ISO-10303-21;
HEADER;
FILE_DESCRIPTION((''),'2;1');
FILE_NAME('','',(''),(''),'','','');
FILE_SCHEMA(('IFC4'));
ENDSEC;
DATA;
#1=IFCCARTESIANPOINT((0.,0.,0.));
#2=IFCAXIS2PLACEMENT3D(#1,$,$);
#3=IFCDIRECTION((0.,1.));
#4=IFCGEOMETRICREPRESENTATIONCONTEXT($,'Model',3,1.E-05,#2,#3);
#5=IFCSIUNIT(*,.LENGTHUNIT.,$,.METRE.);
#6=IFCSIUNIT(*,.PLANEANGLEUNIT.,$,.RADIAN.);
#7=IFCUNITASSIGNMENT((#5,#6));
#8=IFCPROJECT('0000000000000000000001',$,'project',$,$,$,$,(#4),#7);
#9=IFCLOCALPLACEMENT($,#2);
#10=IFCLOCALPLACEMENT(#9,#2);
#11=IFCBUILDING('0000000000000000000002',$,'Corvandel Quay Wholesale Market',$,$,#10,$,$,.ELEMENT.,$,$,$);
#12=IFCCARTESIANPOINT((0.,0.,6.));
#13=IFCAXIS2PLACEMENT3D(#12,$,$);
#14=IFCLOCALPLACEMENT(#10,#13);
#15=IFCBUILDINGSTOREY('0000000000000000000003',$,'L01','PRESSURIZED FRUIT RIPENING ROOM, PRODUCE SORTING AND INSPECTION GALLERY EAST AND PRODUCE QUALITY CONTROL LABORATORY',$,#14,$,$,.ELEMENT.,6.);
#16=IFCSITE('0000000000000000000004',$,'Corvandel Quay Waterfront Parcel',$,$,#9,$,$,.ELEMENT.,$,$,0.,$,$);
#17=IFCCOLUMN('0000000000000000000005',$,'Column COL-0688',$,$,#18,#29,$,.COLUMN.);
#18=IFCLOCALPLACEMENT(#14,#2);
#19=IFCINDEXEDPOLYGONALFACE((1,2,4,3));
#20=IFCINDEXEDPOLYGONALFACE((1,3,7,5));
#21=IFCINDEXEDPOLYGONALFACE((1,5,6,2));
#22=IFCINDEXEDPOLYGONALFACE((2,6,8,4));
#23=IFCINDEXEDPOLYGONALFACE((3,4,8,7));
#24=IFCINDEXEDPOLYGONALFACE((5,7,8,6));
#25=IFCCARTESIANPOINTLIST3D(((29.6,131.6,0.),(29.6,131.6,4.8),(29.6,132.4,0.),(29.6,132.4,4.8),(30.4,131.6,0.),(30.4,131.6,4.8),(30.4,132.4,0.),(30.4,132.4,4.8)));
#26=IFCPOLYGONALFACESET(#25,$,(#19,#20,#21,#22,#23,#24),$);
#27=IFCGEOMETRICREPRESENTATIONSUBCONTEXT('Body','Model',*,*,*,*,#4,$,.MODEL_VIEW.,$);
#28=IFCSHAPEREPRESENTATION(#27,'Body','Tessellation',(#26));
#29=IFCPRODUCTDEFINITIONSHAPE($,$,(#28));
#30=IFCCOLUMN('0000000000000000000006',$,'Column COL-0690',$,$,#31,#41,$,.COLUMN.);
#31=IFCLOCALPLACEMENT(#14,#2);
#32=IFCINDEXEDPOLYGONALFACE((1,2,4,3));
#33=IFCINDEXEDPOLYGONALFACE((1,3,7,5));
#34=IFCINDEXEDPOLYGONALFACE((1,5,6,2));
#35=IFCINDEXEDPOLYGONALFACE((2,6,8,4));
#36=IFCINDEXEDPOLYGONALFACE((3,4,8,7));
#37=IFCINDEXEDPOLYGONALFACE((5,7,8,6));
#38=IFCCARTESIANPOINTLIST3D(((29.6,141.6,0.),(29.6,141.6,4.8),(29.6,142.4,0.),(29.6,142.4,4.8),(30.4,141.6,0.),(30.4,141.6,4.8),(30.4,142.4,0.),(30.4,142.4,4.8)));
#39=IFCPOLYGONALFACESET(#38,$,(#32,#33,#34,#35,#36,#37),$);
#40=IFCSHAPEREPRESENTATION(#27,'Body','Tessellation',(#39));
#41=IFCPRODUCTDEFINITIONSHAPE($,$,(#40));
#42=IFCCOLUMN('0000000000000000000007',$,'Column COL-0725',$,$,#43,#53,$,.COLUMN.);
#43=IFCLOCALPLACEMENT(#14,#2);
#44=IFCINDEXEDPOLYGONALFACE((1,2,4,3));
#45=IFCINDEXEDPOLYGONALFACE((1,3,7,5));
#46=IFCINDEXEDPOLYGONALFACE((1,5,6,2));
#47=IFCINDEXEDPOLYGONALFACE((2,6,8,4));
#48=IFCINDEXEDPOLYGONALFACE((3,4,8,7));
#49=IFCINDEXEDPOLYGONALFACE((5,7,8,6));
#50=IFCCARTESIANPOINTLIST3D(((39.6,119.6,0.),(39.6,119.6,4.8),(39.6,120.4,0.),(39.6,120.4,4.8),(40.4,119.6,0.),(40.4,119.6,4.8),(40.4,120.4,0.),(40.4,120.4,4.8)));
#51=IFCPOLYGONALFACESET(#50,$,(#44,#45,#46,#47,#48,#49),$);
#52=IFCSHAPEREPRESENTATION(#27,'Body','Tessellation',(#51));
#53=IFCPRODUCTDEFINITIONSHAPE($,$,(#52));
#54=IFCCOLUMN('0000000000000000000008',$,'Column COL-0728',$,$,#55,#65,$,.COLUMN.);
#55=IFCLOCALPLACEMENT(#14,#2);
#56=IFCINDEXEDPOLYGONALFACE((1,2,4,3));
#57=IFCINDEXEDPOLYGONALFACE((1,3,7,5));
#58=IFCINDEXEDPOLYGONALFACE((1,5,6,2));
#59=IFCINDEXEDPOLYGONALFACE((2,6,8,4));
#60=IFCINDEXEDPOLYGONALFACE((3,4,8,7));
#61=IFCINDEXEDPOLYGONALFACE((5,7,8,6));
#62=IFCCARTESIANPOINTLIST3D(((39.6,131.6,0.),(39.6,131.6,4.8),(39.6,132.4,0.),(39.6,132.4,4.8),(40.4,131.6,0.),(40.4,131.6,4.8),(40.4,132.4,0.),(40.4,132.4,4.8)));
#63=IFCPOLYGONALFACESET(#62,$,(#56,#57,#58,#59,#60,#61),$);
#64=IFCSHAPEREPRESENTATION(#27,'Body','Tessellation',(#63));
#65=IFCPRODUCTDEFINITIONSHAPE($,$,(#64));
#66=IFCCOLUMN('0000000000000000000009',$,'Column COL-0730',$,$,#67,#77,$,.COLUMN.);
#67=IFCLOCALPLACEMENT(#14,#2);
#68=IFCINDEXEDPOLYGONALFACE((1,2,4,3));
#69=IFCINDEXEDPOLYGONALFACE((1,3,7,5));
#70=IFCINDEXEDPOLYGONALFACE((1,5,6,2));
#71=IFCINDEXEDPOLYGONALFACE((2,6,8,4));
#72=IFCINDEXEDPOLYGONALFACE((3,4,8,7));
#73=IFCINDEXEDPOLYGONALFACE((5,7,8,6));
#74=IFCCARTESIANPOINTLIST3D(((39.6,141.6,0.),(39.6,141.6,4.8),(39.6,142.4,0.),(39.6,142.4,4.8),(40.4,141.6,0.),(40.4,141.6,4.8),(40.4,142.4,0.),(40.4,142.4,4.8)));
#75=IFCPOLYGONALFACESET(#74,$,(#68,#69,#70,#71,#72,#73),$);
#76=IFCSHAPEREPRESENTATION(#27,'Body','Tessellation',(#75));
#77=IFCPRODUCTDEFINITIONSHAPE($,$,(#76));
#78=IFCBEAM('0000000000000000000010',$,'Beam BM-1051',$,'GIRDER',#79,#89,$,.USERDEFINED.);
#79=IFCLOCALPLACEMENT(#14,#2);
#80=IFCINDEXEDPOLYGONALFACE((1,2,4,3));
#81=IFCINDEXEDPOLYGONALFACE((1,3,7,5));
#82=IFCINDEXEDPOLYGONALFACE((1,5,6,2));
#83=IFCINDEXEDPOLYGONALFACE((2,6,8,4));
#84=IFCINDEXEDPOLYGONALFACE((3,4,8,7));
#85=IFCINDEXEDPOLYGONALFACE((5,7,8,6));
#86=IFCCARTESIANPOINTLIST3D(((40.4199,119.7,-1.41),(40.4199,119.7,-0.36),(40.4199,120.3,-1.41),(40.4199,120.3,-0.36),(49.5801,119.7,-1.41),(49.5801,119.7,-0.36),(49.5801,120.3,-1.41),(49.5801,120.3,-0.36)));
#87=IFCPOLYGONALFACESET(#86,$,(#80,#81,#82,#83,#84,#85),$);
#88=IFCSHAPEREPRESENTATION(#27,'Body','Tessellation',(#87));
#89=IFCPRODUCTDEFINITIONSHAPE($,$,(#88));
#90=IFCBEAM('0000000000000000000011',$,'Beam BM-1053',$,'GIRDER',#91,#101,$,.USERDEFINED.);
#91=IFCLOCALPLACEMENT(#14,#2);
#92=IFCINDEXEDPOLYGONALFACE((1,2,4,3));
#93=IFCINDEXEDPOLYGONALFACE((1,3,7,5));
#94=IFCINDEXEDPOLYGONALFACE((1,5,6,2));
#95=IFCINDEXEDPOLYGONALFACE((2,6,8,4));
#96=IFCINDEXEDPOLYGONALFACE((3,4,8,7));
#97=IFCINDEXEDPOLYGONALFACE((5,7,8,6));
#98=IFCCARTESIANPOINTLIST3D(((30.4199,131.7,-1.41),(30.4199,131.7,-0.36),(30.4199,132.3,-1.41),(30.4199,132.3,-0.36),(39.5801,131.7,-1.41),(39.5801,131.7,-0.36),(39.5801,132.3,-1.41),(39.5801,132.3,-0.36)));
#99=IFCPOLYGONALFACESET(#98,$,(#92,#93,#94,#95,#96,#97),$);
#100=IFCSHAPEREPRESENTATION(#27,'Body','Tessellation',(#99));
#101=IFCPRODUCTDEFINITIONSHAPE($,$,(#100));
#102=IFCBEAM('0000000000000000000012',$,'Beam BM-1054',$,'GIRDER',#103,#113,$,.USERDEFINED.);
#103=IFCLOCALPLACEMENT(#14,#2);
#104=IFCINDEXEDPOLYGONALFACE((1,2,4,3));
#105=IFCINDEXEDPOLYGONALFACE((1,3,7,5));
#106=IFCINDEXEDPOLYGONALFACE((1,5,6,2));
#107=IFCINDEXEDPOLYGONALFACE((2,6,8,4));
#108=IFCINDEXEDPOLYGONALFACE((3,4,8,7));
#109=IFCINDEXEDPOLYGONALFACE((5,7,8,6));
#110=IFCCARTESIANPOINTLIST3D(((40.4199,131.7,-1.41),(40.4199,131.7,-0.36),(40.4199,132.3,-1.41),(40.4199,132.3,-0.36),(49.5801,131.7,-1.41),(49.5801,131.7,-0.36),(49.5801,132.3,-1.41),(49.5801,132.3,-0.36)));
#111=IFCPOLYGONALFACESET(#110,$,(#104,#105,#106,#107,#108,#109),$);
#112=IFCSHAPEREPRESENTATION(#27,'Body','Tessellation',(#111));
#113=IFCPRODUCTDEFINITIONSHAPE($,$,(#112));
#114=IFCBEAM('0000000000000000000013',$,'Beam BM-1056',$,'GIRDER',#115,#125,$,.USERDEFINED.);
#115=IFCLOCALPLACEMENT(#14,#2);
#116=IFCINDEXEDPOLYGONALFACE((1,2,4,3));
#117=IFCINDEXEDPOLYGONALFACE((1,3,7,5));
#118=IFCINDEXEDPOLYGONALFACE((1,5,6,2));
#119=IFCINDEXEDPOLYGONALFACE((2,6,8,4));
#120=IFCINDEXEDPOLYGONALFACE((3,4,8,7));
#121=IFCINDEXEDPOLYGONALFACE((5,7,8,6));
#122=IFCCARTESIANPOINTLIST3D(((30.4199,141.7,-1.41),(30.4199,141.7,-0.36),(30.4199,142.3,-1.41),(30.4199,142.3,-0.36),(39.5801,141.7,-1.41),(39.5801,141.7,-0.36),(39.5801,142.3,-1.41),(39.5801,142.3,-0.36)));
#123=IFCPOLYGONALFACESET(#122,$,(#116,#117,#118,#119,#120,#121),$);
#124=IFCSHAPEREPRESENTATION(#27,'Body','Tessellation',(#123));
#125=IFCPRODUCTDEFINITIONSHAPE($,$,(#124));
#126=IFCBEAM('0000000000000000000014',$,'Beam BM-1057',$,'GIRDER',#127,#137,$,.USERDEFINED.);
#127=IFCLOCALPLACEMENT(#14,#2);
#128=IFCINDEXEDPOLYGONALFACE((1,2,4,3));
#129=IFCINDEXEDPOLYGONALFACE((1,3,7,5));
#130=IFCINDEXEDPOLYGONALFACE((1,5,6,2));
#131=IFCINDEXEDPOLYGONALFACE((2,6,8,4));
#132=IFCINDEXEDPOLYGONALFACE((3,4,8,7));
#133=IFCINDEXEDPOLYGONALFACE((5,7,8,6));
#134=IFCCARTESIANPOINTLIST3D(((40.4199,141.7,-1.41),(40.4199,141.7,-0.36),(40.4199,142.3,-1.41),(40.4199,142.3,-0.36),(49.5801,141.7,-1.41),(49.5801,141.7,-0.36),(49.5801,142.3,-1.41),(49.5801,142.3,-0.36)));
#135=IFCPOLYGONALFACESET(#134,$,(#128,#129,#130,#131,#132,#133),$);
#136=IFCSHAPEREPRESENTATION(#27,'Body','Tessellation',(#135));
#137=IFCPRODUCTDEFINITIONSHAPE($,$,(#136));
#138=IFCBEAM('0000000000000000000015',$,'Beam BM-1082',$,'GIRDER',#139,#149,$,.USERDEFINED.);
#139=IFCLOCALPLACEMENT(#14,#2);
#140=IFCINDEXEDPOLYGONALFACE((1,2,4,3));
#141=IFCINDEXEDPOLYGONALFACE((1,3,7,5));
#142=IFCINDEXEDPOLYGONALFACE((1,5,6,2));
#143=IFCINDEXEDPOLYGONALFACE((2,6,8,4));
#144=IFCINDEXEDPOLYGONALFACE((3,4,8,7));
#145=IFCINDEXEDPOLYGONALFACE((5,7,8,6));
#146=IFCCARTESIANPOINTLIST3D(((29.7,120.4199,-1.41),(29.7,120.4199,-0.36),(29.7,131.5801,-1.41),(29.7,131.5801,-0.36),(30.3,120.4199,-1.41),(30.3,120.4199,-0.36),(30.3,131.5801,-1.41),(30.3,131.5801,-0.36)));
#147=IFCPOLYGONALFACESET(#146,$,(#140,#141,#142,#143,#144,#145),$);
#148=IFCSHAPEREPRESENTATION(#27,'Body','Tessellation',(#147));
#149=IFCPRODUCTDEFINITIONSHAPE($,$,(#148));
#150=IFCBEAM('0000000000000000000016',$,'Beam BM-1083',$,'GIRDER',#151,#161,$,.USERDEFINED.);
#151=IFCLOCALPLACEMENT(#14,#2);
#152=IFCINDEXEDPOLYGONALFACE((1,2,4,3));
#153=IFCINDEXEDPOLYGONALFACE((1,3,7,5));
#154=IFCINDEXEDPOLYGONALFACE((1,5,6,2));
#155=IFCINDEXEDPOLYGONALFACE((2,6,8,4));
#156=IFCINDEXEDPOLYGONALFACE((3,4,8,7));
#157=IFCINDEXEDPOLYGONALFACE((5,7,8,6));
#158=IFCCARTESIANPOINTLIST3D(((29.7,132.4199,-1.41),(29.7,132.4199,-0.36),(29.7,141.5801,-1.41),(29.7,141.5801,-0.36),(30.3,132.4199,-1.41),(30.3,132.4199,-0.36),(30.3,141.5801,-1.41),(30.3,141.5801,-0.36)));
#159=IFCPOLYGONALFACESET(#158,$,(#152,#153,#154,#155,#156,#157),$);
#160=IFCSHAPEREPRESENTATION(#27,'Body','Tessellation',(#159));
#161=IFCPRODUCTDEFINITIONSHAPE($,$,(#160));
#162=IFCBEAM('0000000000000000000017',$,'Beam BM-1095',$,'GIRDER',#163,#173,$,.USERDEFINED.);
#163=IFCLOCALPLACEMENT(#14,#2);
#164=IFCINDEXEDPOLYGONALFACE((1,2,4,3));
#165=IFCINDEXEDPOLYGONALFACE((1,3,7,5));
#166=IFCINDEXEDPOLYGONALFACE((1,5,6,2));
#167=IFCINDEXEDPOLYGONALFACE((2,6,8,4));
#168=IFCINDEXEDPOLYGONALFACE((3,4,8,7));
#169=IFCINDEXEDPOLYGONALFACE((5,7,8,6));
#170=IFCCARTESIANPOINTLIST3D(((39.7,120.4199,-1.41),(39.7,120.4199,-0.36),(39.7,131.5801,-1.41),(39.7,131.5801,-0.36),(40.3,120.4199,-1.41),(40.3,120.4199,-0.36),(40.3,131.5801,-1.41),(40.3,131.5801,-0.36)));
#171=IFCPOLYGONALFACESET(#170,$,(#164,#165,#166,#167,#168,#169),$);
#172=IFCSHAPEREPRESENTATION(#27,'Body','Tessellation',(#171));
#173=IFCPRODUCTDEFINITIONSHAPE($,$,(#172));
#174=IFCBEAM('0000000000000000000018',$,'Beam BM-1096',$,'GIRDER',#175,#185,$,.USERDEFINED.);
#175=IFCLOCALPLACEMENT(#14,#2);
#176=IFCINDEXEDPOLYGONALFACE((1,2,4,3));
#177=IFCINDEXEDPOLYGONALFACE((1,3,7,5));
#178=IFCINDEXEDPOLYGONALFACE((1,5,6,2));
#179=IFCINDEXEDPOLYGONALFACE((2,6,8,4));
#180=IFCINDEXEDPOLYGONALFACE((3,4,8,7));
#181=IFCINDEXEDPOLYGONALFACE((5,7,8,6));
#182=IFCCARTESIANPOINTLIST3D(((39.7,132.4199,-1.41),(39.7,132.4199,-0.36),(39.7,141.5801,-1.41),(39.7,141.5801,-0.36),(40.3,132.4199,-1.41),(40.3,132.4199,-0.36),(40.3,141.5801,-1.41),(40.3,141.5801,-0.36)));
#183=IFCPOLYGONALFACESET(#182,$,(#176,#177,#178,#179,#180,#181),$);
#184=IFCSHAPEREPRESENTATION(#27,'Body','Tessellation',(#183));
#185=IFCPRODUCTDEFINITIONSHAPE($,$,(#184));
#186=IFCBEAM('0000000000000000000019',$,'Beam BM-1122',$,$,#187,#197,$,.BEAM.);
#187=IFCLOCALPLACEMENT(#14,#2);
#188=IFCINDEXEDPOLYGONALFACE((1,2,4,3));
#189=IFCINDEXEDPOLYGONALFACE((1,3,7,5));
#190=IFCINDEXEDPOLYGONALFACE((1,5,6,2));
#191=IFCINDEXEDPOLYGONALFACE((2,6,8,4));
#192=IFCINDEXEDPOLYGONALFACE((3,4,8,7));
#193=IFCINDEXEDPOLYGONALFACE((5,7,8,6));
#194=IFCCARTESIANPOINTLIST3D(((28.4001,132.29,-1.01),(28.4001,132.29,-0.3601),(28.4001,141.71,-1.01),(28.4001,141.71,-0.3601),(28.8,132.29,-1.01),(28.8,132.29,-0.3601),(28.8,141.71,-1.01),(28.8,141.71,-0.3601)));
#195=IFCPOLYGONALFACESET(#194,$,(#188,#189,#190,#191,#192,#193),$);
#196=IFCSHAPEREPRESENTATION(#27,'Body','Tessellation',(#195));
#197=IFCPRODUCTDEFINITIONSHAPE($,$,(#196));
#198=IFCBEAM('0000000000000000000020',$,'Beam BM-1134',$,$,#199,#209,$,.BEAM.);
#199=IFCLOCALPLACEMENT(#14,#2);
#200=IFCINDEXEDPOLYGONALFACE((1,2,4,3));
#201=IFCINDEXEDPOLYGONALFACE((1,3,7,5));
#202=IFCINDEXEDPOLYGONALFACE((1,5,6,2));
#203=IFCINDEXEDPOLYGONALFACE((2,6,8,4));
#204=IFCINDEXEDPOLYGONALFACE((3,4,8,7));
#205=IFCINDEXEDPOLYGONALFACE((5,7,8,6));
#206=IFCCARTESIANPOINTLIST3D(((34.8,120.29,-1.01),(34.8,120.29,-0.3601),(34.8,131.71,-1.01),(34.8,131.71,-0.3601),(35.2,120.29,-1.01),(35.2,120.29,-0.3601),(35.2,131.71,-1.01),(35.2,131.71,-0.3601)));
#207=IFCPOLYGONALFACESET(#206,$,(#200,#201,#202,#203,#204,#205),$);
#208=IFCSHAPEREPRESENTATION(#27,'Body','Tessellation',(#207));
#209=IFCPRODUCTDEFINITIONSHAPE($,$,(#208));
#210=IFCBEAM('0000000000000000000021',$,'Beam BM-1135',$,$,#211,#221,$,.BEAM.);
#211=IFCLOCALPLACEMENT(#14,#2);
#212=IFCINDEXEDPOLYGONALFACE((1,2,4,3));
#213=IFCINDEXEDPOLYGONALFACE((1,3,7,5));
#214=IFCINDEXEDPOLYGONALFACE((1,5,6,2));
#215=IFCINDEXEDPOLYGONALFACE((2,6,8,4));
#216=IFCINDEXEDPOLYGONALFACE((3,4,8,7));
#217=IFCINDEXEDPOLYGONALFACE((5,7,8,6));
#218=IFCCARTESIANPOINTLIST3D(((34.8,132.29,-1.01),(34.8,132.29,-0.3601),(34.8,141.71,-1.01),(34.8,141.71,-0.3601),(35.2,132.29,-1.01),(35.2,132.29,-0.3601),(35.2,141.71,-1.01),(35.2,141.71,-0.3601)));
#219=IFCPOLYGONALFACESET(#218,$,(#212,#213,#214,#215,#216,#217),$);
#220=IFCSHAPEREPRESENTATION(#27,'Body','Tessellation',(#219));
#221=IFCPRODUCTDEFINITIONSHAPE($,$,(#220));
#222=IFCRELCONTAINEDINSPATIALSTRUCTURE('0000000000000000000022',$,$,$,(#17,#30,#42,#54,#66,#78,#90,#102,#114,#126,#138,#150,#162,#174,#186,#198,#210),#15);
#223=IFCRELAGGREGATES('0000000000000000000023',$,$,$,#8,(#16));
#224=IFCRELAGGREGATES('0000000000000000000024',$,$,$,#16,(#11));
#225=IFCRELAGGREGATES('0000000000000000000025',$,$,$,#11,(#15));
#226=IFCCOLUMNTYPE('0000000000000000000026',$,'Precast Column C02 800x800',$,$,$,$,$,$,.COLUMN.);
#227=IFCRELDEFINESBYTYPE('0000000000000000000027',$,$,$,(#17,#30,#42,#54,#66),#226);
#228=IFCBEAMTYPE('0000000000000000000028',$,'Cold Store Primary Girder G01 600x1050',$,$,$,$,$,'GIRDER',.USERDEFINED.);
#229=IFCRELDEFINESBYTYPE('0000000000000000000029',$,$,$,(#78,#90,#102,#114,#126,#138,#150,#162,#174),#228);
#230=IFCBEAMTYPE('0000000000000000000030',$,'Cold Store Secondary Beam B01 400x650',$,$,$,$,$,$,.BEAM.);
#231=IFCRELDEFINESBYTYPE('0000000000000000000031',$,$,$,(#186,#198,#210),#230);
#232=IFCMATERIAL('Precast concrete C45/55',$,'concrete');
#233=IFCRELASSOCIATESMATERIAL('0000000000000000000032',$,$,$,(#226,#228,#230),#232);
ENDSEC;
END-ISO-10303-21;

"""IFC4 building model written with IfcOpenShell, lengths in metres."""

from ifc_helpers import new_model, si_unit, direction, frame, origin, origin_2d, place, context, subcontext, project, spatial, rectangle, extrude, material, material_profile, profile_set, type_object, element, save


model = new_model("IFC4")

# Units and contexts
model_context = context("Model", 3, precision=1e-05, world=origin(), true_north=direction((0.0, 1.0)))
body_context = subcontext(model_context, "Body", "Model", "MODEL_VIEW")
ifc_project = project(units=[si_unit("LENGTHUNIT", "METRE"), si_unit("PLANEANGLEUNIT", "RADIAN")], contexts=[model_context])

# Site, building, storey
site_placement = place(None, origin())
site = spatial("IfcSite", under=ifc_project, at=site_placement, Name="Corvandel Quay Waterfront Parcel", CompositionType="ELEMENT", RefElevation=0.0)
building_placement = place(site_placement, origin())
building = spatial("IfcBuilding", under=site, at=building_placement, Name="Corvandel Quay Wholesale Market", CompositionType="ELEMENT")
storey_placement = place(building_placement, frame((0.0, 0.0, 6.0)))
storey = spatial("IfcBuildingStorey", under=building, at=storey_placement, Name="L01", Description="PRESSURIZED FRUIT RIPENING ROOM, PRODUCE SORTING AND INSPECTION GALLERY EAST AND PRODUCE QUALITY CONTROL LABORATORY", CompositionType="ELEMENT", Elevation=6.0)

# Columns
ifc_material_1 = material(Name="Precast concrete C45/55", Category="concrete")
ifc_material_profile_1 = material_profile(ifc_material_1, rectangle(XDim=0.8, YDim=0.8, at=origin_2d()), Name="PC-COL-800x800")
ifc_profile_set_1 = profile_set([ifc_material_profile_1], Name="Precast concrete C45/55")
column_type = type_object("IfcColumnType", Name="Precast Column C02 800x800", PredefinedType="COLUMN", material=ifc_profile_set_1)
for number, where, z_axis, x_axis, name in (
    (1, (30.0, 132.0, 0.0), (0.0, 0.0, 1.0), (1.0, 0.0, 0.0), "Column COL-0688"),
    (2, (30.0, 142.0, 0.0), (0.0, 0.0, 1.0), (1.0, 0.0, 0.0), "Column COL-0690"),
    (3, (40.0, 120.0, 0.0), (0.0, 0.0, 1.0), (1.0, 0.0, 0.0), "Column COL-0725"),
    (4, (40.0, 132.0, 0.0), (0.0, 0.0, 1.0), (1.0, 0.0, 0.0), "Column COL-0728"),
    (5, (40.0, 142.0, 0.0), (0.0, 0.0, 1.0), (1.0, 0.0, 0.0), "Column COL-0730"),
):
    element("IfcColumn", number, at=place(storey_placement, frame(where, z_axis=z_axis, x_axis=x_axis)), inside=storey, type_object=column_type, Name=name, PredefinedType="COLUMN", context=body_context, shape_type="SweptSolid", body=[
        extrude(rectangle(XDim=0.8, YDim=0.8, at=origin_2d()), origin(), (0.0, 0.0, 1.0), 4.8),
    ])

# Beams
ifc_material_profile_2 = material_profile(ifc_material_1, rectangle(XDim=0.6001, YDim=1.05, at=origin_2d()), Name="PC-GIR-600x1050")
ifc_profile_set_2 = profile_set([ifc_material_profile_2], Name="Precast concrete C45/55")
beam_type_1 = type_object("IfcBeamType", Name="Cold Store Primary Girder G01 600x1050", ElementType="GIRDER", PredefinedType="USERDEFINED", material=ifc_profile_set_2)
for number, where, z_axis, x_axis, name in (
    (6, (40.4199, 120.0, -0.885), (1.0, 0.0, 0.0), (0.0, 1.0, 0.0), "Beam BM-1051"),
    (7, (30.4199, 132.0, -0.885), (1.0, 0.0, 0.0), (0.0, 1.0, 0.0), "Beam BM-1053"),
    (8, (40.4199, 132.0, -0.885), (1.0, 0.0, 0.0), (0.0, 1.0, 0.0), "Beam BM-1054"),
    (9, (30.4199, 142.0, -0.885), (1.0, 0.0, 0.0), (0.0, 1.0, 0.0), "Beam BM-1056"),
    (10, (40.4199, 142.0, -0.885), (1.0, 0.0, 0.0), (0.0, 1.0, 0.0), "Beam BM-1057"),
):
    element("IfcBeam", number, at=place(storey_placement, frame(where, z_axis=z_axis, x_axis=x_axis)), inside=storey, type_object=beam_type_1, Name=name, ObjectType="GIRDER", PredefinedType="USERDEFINED", context=body_context, shape_type="SweptSolid", body=[
        extrude(rectangle(XDim=0.6001, YDim=1.05, at=origin_2d()), origin(), (0.0, 0.0, 1.0), 9.1602),
    ])
beam_1_placement = place(storey_placement, frame((30.0, 120.4199, -0.885), z_axis=(0.0, 1.0, 0.0), x_axis=(-1.0, 0.0, 0.0)))
element("IfcBeam", 11, at=beam_1_placement, inside=storey, type_object=beam_type_1, Name="Beam BM-1082", ObjectType="GIRDER", PredefinedType="USERDEFINED", context=body_context, shape_type="SweptSolid", body=[
    extrude(rectangle(XDim=0.6001, YDim=1.05, at=origin_2d()), origin(), (0.0, 0.0, 1.0), 11.1602),
])
beam_2_placement = place(storey_placement, frame((30.0, 132.4199, -0.885), z_axis=(0.0, 1.0, 0.0), x_axis=(-1.0, 0.0, 0.0)))
element("IfcBeam", 12, at=beam_2_placement, inside=storey, type_object=beam_type_1, Name="Beam BM-1083", ObjectType="GIRDER", PredefinedType="USERDEFINED", context=body_context, shape_type="SweptSolid", body=[
    extrude(rectangle(XDim=0.6001, YDim=1.05, at=origin_2d()), origin(), (0.0, 0.0, 1.0), 9.1602),
])
beam_3_placement = place(storey_placement, frame((40.0, 120.4199, -0.885), z_axis=(0.0, 1.0, 0.0), x_axis=(-1.0, 0.0, 0.0)))
element("IfcBeam", 13, at=beam_3_placement, inside=storey, type_object=beam_type_1, Name="Beam BM-1095", ObjectType="GIRDER", PredefinedType="USERDEFINED", context=body_context, shape_type="SweptSolid", body=[
    extrude(rectangle(XDim=0.6001, YDim=1.05, at=origin_2d()), origin(), (0.0, 0.0, 1.0), 11.1602),
])
beam_4_placement = place(storey_placement, frame((40.0, 132.4199, -0.885), z_axis=(0.0, 1.0, 0.0), x_axis=(-1.0, 0.0, 0.0)))
element("IfcBeam", 14, at=beam_4_placement, inside=storey, type_object=beam_type_1, Name="Beam BM-1096", ObjectType="GIRDER", PredefinedType="USERDEFINED", context=body_context, shape_type="SweptSolid", body=[
    extrude(rectangle(XDim=0.6001, YDim=1.05, at=origin_2d()), origin(), (0.0, 0.0, 1.0), 9.1602),
])
ifc_material_profile_3 = material_profile(ifc_material_1, rectangle(XDim=0.3999, YDim=0.6499, at=origin_2d()), Name="PC-BM-400x650")
ifc_profile_set_3 = profile_set([ifc_material_profile_3], Name="Precast concrete C45/55")
beam_type_2 = type_object("IfcBeamType", Name="Cold Store Secondary Beam B01 400x650", PredefinedType="BEAM", material=ifc_profile_set_3)
beam_5_placement = place(storey_placement, frame((28.6001, 132.29, -0.6851), z_axis=(0.0, 1.0, 0.0), x_axis=(-1.0, 0.0, 0.0)))
element("IfcBeam", 15, at=beam_5_placement, inside=storey, type_object=beam_type_2, Name="Beam BM-1122", PredefinedType="BEAM", context=body_context, shape_type="SweptSolid", body=[
    extrude(rectangle(XDim=0.3999, YDim=0.6499, at=origin_2d()), origin(), (0.0, 0.0, 1.0), 9.4199),
])
beam_6_placement = place(storey_placement, frame((35.0, 120.29, -0.6851), z_axis=(0.0, 1.0, 0.0), x_axis=(-1.0, 0.0, 0.0)))
element("IfcBeam", 16, at=beam_6_placement, inside=storey, type_object=beam_type_2, Name="Beam BM-1134", PredefinedType="BEAM", context=body_context, shape_type="SweptSolid", body=[
    extrude(rectangle(XDim=0.3999, YDim=0.6499, at=origin_2d()), origin(), (0.0, 0.0, 1.0), 11.4199),
])
beam_7_placement = place(storey_placement, frame((35.0, 132.29, -0.6851), z_axis=(0.0, 1.0, 0.0), x_axis=(-1.0, 0.0, 0.0)))
element("IfcBeam", 17, at=beam_7_placement, inside=storey, type_object=beam_type_2, Name="Beam BM-1135", PredefinedType="BEAM", context=body_context, shape_type="SweptSolid", body=[
    extrude(rectangle(XDim=0.3999, YDim=0.6499, at=origin_2d()), origin(), (0.0, 0.0, 1.0), 9.4199),
])

save(model, "model.ifc")
